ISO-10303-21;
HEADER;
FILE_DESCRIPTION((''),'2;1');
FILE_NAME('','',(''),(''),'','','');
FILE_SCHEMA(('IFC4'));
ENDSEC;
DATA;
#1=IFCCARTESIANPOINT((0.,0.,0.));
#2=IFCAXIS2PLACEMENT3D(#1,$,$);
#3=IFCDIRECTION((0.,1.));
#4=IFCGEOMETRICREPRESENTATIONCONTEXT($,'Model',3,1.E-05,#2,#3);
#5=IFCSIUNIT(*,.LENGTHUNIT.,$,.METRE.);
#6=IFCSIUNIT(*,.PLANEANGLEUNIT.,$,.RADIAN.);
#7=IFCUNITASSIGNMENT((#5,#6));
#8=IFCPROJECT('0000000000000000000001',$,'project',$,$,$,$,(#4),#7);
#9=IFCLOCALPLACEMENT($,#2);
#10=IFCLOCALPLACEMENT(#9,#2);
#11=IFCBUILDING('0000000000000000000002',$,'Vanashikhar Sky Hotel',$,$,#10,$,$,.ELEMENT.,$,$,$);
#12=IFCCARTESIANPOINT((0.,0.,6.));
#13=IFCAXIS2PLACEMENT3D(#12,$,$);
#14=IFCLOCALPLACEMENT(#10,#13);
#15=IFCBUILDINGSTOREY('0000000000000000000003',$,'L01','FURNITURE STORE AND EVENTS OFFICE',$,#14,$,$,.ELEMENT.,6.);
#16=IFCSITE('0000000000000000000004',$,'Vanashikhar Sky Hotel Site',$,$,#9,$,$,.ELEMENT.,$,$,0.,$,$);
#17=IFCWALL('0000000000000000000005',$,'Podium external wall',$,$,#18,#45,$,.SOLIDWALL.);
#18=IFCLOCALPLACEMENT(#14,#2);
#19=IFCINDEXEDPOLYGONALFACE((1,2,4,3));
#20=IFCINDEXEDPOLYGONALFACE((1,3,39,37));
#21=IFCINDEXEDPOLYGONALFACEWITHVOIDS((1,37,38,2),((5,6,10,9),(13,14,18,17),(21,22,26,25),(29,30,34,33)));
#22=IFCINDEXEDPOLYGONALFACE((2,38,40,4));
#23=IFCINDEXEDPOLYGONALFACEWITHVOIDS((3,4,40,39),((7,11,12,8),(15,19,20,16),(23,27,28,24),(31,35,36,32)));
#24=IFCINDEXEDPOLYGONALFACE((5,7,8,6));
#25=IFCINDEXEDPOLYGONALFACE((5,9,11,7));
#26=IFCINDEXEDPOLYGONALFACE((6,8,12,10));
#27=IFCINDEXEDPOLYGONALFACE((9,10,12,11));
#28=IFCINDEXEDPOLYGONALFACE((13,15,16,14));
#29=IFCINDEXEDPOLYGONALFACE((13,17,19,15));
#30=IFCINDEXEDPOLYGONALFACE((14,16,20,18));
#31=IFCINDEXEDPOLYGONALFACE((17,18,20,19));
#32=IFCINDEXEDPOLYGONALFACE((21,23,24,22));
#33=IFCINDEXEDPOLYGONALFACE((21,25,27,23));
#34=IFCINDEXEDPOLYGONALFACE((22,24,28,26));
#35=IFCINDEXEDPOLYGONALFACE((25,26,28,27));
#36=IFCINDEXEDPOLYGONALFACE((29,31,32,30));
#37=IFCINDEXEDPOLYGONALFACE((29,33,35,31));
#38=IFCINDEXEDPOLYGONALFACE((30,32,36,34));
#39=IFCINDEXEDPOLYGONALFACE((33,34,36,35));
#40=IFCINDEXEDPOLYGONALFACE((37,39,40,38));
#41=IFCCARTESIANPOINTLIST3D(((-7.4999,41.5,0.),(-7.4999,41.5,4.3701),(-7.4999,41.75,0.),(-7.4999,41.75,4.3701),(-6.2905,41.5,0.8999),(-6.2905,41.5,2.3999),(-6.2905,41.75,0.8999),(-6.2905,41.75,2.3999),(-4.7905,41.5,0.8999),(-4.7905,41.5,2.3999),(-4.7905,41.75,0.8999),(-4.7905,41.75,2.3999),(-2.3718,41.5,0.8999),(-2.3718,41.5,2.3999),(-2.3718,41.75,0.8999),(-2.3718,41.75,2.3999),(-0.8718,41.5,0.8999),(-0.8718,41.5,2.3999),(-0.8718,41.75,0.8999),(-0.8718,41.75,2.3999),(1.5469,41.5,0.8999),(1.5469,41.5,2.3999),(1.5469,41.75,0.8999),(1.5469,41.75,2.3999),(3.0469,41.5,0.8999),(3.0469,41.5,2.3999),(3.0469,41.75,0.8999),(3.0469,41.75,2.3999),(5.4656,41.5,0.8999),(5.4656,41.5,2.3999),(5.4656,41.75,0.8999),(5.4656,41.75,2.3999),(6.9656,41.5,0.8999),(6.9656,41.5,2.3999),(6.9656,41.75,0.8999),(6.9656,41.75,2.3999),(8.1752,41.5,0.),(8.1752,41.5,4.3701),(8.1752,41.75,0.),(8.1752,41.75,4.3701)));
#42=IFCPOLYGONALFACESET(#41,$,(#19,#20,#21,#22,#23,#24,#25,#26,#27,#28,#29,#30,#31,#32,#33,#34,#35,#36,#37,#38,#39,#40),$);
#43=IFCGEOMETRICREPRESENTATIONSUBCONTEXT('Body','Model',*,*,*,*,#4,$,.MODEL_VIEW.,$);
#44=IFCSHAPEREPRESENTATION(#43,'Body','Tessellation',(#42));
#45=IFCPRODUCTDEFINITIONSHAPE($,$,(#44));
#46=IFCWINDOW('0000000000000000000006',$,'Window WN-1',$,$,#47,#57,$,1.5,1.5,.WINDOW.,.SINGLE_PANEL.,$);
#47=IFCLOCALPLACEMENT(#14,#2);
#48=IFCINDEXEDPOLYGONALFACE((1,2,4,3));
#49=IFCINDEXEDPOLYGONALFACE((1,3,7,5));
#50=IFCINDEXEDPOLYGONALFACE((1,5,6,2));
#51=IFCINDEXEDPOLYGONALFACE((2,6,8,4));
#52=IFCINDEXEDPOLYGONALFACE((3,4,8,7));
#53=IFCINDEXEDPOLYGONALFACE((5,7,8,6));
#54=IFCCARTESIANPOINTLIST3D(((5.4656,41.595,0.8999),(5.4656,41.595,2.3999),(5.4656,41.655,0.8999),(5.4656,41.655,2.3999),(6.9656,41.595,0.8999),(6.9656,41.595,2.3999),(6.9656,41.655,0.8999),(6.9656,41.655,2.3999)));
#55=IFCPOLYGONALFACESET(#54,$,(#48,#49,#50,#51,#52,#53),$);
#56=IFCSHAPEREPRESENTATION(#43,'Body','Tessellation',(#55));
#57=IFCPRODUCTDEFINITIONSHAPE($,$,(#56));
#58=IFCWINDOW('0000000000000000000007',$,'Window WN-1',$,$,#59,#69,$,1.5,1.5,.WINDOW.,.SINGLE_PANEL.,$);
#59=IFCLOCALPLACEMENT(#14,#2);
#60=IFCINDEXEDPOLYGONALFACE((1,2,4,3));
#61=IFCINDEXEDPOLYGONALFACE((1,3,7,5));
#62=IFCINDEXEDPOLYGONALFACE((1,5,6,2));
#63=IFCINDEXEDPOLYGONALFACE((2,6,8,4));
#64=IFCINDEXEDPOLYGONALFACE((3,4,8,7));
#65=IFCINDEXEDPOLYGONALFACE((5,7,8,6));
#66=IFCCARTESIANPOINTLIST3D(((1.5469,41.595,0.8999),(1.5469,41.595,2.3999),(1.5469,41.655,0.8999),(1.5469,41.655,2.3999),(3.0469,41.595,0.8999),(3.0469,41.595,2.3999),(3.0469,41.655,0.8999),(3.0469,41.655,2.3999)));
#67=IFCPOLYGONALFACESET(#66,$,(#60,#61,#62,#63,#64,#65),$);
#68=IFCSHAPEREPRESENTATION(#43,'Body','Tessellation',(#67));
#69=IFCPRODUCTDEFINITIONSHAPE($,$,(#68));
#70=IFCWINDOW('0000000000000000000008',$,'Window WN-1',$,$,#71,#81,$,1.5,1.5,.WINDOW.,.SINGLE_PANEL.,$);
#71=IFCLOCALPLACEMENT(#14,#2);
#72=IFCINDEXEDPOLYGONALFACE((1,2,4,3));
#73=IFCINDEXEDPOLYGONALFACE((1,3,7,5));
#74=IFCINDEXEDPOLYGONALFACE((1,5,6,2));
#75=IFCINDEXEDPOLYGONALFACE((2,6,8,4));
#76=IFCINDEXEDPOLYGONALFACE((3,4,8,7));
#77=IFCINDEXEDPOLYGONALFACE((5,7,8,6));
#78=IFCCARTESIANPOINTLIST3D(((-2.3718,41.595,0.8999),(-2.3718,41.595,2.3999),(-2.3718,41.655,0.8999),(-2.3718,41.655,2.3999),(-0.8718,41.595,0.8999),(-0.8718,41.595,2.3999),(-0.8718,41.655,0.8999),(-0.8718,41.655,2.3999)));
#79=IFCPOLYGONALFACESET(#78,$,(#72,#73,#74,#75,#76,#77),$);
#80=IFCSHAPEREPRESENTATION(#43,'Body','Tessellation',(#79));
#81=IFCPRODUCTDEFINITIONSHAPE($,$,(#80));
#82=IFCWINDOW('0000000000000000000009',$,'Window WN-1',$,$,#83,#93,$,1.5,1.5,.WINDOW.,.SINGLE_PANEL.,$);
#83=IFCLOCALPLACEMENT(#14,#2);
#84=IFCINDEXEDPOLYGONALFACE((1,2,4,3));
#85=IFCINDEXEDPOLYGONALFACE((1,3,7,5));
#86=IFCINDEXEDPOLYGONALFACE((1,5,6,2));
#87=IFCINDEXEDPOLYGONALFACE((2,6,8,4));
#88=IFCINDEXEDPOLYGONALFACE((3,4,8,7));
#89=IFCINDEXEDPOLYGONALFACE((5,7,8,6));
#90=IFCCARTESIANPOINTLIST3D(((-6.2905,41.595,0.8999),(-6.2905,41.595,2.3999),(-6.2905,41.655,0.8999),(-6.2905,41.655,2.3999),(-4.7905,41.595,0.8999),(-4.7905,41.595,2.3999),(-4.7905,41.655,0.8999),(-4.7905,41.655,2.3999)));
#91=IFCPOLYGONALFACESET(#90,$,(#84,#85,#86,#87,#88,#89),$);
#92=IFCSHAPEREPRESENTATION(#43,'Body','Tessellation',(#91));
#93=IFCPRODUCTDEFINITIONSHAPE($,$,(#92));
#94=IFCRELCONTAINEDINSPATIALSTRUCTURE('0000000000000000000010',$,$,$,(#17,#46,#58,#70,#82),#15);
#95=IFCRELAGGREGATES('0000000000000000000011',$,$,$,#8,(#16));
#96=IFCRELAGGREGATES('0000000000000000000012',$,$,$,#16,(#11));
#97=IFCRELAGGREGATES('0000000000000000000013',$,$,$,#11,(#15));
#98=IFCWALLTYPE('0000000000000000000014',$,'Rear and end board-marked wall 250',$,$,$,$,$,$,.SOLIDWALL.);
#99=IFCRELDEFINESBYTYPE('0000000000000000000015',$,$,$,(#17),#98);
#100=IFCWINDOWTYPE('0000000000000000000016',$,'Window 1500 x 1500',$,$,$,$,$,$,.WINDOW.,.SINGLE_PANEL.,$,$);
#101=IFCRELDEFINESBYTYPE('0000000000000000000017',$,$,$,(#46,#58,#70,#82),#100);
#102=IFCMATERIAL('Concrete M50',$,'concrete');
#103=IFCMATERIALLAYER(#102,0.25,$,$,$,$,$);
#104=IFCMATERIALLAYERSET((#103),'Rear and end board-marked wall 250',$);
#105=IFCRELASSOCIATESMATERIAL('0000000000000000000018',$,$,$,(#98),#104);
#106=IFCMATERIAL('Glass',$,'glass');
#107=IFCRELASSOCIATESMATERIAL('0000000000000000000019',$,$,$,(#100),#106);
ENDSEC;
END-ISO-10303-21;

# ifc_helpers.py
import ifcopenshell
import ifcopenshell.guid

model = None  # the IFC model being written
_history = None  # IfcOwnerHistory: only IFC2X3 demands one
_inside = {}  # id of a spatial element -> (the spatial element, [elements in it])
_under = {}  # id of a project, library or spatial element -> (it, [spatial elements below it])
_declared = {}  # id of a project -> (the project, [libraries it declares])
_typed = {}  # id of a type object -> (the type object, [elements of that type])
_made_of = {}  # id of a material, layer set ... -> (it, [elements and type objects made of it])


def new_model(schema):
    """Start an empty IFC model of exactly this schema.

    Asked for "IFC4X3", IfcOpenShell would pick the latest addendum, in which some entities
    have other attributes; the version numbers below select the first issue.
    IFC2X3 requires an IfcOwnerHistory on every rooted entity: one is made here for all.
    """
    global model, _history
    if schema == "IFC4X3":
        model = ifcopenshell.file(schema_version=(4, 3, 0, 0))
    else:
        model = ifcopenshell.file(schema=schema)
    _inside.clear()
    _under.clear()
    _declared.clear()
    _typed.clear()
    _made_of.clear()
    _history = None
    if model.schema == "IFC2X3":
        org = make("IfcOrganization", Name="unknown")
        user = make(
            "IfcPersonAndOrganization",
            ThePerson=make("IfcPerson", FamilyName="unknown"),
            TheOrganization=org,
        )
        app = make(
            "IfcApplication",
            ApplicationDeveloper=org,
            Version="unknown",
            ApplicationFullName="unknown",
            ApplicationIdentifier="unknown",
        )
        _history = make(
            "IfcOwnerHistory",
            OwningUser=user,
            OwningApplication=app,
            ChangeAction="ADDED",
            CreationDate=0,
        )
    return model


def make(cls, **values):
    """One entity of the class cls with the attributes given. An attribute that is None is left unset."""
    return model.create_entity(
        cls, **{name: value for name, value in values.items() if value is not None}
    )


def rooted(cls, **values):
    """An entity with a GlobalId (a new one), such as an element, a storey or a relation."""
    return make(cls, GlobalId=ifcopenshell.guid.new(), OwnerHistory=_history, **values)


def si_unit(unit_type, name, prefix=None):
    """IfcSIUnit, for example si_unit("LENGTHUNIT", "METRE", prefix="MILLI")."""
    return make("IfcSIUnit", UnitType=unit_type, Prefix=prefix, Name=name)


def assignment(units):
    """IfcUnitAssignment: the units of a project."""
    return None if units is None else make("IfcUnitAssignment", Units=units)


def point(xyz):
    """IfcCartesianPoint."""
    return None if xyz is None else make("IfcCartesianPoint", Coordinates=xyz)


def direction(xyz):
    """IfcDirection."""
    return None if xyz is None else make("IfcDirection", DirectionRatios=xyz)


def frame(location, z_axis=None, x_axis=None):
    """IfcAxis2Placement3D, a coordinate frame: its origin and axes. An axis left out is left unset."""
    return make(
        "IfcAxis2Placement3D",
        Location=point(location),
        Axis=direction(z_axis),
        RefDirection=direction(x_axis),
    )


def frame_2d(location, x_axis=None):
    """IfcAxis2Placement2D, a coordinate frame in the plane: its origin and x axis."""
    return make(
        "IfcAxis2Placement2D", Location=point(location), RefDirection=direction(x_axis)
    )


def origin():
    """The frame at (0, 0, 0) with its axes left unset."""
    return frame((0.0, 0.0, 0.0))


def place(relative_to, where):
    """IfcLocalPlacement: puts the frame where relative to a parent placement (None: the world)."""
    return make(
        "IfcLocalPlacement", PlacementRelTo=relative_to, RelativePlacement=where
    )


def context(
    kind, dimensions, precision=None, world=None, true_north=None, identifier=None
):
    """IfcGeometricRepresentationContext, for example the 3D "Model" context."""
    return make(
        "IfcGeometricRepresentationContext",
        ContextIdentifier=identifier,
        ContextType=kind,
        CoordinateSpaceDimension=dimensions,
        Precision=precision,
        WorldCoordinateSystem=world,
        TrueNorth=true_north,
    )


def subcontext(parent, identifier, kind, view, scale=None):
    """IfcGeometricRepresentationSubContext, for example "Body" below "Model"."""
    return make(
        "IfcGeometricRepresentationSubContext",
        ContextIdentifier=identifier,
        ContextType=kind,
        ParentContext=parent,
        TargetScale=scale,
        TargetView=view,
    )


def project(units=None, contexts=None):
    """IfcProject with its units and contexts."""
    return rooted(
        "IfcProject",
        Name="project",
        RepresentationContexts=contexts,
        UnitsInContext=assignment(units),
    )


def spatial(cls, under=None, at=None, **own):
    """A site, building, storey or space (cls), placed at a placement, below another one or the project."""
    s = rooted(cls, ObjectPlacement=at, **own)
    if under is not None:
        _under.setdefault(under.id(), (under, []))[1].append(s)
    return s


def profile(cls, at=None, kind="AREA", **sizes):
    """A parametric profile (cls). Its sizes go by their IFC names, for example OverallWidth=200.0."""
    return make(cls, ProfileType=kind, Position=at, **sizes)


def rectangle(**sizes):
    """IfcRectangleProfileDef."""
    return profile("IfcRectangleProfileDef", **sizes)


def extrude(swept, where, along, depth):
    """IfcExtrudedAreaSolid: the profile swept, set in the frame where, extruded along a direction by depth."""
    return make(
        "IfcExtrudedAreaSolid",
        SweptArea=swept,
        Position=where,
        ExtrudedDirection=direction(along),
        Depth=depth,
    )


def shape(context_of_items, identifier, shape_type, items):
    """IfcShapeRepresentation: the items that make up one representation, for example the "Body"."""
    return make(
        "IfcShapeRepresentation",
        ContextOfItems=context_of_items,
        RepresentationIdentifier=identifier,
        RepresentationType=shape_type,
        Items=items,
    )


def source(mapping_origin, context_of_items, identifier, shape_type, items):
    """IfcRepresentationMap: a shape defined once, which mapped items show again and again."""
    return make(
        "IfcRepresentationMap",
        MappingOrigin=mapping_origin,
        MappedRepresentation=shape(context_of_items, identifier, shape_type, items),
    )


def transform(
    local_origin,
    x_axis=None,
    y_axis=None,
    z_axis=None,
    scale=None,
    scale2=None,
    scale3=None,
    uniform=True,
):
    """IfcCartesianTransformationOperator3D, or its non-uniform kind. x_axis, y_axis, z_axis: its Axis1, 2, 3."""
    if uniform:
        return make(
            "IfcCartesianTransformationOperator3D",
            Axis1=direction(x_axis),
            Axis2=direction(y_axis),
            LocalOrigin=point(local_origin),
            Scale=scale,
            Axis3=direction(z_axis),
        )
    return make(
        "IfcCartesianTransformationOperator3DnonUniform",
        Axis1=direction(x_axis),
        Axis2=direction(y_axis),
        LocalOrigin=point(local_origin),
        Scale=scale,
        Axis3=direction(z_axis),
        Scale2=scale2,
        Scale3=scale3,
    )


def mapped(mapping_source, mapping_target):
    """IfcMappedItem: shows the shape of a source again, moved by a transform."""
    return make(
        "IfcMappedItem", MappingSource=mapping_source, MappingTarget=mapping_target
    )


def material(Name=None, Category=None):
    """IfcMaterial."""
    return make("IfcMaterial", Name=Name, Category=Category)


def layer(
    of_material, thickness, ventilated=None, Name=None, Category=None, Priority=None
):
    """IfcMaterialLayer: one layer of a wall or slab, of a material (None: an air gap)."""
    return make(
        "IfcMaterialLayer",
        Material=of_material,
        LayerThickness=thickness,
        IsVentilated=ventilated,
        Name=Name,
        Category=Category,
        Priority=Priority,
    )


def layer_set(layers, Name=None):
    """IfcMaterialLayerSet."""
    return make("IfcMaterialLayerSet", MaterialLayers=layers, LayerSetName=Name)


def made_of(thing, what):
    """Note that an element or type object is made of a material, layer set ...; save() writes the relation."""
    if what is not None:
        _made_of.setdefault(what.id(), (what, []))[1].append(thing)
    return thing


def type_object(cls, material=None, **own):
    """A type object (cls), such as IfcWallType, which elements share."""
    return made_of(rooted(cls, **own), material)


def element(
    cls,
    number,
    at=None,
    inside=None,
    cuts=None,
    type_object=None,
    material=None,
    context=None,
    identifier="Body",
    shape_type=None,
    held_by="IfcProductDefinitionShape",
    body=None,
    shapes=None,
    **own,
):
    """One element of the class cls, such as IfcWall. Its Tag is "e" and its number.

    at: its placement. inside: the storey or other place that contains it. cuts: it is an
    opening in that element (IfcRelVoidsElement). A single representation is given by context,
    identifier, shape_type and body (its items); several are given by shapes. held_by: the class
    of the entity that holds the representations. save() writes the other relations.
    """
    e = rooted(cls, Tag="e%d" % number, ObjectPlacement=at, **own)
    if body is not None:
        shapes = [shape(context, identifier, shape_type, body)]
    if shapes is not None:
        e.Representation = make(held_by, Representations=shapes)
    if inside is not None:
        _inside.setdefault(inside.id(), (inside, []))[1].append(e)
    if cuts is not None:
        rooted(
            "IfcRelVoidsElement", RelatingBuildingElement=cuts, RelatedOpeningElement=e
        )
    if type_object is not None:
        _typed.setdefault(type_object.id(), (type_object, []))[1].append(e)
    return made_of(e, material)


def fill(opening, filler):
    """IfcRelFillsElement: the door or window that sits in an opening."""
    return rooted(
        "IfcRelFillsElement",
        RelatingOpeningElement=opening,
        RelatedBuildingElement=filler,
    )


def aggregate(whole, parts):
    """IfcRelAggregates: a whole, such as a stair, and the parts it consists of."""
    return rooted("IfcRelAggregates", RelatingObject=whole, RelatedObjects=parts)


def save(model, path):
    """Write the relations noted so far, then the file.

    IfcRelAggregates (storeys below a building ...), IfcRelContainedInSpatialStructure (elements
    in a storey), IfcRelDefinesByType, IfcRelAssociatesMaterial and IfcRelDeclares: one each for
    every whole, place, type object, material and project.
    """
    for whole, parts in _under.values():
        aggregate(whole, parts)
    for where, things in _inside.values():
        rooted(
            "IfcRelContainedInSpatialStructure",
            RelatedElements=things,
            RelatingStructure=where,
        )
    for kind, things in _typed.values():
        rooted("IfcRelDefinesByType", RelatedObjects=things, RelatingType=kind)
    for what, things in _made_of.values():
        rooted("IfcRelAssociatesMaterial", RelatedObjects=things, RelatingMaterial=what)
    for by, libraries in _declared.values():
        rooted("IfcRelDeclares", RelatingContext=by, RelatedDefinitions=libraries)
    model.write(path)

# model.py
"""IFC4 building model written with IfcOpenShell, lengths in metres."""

from ifc_helpers import new_model, si_unit, direction, frame, frame_2d, origin, place, context, subcontext, project, spatial, rectangle, extrude, source, transform, mapped, material, layer, layer_set, type_object, element, fill, save


model = new_model("IFC4")

# Units and contexts
model_context = context("Model", 3, precision=1e-05, world=origin(), true_north=direction((0.0, 1.0)))
body_context = subcontext(model_context, "Body", "Model", "MODEL_VIEW")
ifc_project = project(units=[si_unit("LENGTHUNIT", "METRE"), si_unit("PLANEANGLEUNIT", "RADIAN")], contexts=[model_context])

# Site, building, storey
site_placement = place(None, origin())
site = spatial("IfcSite", under=ifc_project, at=site_placement, Name="Vanashikhar Sky Hotel Site", CompositionType="ELEMENT", RefElevation=0.0)
building_placement = place(site_placement, origin())
building = spatial("IfcBuilding", under=site, at=building_placement, Name="Vanashikhar Sky Hotel", CompositionType="ELEMENT")
storey_placement = place(building_placement, frame((0.0, 0.0, 6.0)))
storey = spatial("IfcBuildingStorey", under=building, at=storey_placement, Name="L01", Description="FURNITURE STORE AND EVENTS OFFICE", CompositionType="ELEMENT", Elevation=6.0)

# Shared definitions
ifc_material_1 = material(Name="Concrete M50", Category="concrete")

# Shared definitions
ifc_layer = layer(ifc_material_1, 0.25)
ifc_layer_set = layer_set([ifc_layer], Name="Rear and end board-marked wall 250")
wall_type = type_object("IfcWallType", Name="Rear and end board-marked wall 250", PredefinedType="SOLIDWALL", material=ifc_layer_set)
shared_shape_1 = source(origin(), body_context, "Body", "SweptSolid", [
    extrude(rectangle(XDim=1.5, YDim=1.5, at=frame_2d((0.75, 0.75))), frame((0.0, 0.135, 0.0), z_axis=(0.0, -1.0, 0.0), x_axis=(1.0, 0.0, 0.0)), (0.0, 0.0, 1.0), 0.27),
])
ifc_material_2 = material(Name="Glass", Category="glass")
window_type_1 = type_object("IfcWindowType", Name="Window 1500 x 1500", PartitioningType="SINGLE_PANEL", PredefinedType="WINDOW", material=ifc_material_2)
shared_shape_2 = source(origin(), body_context, "Body", "SweptSolid", [
    extrude(rectangle(XDim=1.5, YDim=1.5, at=frame_2d((0.75, 0.75))), frame((0.0, 0.03, 0.0), z_axis=(0.0, -1.0, 0.0), x_axis=(1.0, 0.0, 0.0)), (0.0, 0.0, 1.0), 0.0601),
])

# Wall, openings, windows
shared_shape_3 = source(origin(), body_context, "Body", "SweptSolid", [
    extrude(rectangle(XDim=15.675, YDim=0.25, at=frame_2d((7.8374, 0.0))), origin(), (0.0, 0.0, 1.0), 4.3701),
])
wall_1_placement = place(storey_placement, frame((8.175, 41.625, 0.0), z_axis=(0.0, 0.0, 1.0), x_axis=(-1.0, 0.0, 0.0)))
wall_1 = element("IfcWall", 1, at=wall_1_placement, inside=storey, type_object=wall_type, Name="Podium external wall", PredefinedType="SOLIDWALL", context=body_context, shape_type="MappedRepresentation", body=[
    mapped(shared_shape_3, transform((0.0, 0.0, 0.0), scale=1.0)),
])
opening_1_placement = place(wall_1_placement, frame((1.2095, 0.0, 0.8999)))
opening_1 = element("IfcOpeningElement", 2, at=opening_1_placement, cuts=wall_1, PredefinedType="OPENING", context=body_context, shape_type="MappedRepresentation", body=[
    mapped(shared_shape_1, transform((0.0, 0.0, 0.0), scale=1.0)),
])
opening_2_placement = place(wall_1_placement, frame((5.1282, 0.0, 0.8999)))
opening_2 = element("IfcOpeningElement", 3, at=opening_2_placement, cuts=wall_1, PredefinedType="OPENING", context=body_context, shape_type="MappedRepresentation", body=[
    mapped(shared_shape_1, transform((0.0, 0.0, 0.0), scale=1.0)),
])
opening_3_placement = place(wall_1_placement, frame((9.0469, 0.0, 0.8999)))
opening_3 = element("IfcOpeningElement", 4, at=opening_3_placement, cuts=wall_1, PredefinedType="OPENING", context=body_context, shape_type="MappedRepresentation", body=[
    mapped(shared_shape_1, transform((0.0, 0.0, 0.0), scale=1.0)),
])
opening_4_placement = place(wall_1_placement, frame((12.9656, 0.0, 0.8999)))
opening_4 = element("IfcOpeningElement", 5, at=opening_4_placement, cuts=wall_1, PredefinedType="OPENING", context=body_context, shape_type="MappedRepresentation", body=[
    mapped(shared_shape_1, transform((0.0, 0.0, 0.0), scale=1.0)),
])
window_1_placement = place(opening_1_placement, origin())
window_1 = element("IfcWindow", 6, at=window_1_placement, inside=storey, type_object=window_type_1, Name="Window WN-1", OverallHeight=1.5, OverallWidth=1.5, PartitioningType="SINGLE_PANEL", PredefinedType="WINDOW", context=body_context, shape_type="MappedRepresentation", body=[
    mapped(shared_shape_2, transform((0.0, 0.0, 0.0), scale=1.0)),
])
fill(opening_1, window_1)
window_2_placement = place(opening_2_placement, origin())
window_2 = element("IfcWindow", 7, at=window_2_placement, inside=storey, type_object=window_type_1, Name="Window WN-1", OverallHeight=1.5, OverallWidth=1.5, PartitioningType="SINGLE_PANEL", PredefinedType="WINDOW", context=body_context, shape_type="MappedRepresentation", body=[
    mapped(shared_shape_2, transform((0.0, 0.0, 0.0), scale=1.0)),
])
fill(opening_2, window_2)
window_3_placement = place(opening_3_placement, origin())
window_3 = element("IfcWindow", 8, at=window_3_placement, inside=storey, type_object=window_type_1, Name="Window WN-1", OverallHeight=1.5, OverallWidth=1.5, PartitioningType="SINGLE_PANEL", PredefinedType="WINDOW", context=body_context, shape_type="MappedRepresentation", body=[
    mapped(shared_shape_2, transform((0.0, 0.0, 0.0), scale=1.0)),
])
fill(opening_3, window_3)
window_4_placement = place(opening_4_placement, origin())
window_4 = element("IfcWindow", 9, at=window_4_placement, inside=storey, type_object=window_type_1, Name="Window WN-1", OverallHeight=1.5, OverallWidth=1.5, PartitioningType="SINGLE_PANEL", PredefinedType="WINDOW", context=body_context, shape_type="MappedRepresentation", body=[
    mapped(shared_shape_2, transform((0.0, 0.0, 0.0), scale=1.0)),
])
fill(opening_4, window_4)

save(model, "model.ifc")
